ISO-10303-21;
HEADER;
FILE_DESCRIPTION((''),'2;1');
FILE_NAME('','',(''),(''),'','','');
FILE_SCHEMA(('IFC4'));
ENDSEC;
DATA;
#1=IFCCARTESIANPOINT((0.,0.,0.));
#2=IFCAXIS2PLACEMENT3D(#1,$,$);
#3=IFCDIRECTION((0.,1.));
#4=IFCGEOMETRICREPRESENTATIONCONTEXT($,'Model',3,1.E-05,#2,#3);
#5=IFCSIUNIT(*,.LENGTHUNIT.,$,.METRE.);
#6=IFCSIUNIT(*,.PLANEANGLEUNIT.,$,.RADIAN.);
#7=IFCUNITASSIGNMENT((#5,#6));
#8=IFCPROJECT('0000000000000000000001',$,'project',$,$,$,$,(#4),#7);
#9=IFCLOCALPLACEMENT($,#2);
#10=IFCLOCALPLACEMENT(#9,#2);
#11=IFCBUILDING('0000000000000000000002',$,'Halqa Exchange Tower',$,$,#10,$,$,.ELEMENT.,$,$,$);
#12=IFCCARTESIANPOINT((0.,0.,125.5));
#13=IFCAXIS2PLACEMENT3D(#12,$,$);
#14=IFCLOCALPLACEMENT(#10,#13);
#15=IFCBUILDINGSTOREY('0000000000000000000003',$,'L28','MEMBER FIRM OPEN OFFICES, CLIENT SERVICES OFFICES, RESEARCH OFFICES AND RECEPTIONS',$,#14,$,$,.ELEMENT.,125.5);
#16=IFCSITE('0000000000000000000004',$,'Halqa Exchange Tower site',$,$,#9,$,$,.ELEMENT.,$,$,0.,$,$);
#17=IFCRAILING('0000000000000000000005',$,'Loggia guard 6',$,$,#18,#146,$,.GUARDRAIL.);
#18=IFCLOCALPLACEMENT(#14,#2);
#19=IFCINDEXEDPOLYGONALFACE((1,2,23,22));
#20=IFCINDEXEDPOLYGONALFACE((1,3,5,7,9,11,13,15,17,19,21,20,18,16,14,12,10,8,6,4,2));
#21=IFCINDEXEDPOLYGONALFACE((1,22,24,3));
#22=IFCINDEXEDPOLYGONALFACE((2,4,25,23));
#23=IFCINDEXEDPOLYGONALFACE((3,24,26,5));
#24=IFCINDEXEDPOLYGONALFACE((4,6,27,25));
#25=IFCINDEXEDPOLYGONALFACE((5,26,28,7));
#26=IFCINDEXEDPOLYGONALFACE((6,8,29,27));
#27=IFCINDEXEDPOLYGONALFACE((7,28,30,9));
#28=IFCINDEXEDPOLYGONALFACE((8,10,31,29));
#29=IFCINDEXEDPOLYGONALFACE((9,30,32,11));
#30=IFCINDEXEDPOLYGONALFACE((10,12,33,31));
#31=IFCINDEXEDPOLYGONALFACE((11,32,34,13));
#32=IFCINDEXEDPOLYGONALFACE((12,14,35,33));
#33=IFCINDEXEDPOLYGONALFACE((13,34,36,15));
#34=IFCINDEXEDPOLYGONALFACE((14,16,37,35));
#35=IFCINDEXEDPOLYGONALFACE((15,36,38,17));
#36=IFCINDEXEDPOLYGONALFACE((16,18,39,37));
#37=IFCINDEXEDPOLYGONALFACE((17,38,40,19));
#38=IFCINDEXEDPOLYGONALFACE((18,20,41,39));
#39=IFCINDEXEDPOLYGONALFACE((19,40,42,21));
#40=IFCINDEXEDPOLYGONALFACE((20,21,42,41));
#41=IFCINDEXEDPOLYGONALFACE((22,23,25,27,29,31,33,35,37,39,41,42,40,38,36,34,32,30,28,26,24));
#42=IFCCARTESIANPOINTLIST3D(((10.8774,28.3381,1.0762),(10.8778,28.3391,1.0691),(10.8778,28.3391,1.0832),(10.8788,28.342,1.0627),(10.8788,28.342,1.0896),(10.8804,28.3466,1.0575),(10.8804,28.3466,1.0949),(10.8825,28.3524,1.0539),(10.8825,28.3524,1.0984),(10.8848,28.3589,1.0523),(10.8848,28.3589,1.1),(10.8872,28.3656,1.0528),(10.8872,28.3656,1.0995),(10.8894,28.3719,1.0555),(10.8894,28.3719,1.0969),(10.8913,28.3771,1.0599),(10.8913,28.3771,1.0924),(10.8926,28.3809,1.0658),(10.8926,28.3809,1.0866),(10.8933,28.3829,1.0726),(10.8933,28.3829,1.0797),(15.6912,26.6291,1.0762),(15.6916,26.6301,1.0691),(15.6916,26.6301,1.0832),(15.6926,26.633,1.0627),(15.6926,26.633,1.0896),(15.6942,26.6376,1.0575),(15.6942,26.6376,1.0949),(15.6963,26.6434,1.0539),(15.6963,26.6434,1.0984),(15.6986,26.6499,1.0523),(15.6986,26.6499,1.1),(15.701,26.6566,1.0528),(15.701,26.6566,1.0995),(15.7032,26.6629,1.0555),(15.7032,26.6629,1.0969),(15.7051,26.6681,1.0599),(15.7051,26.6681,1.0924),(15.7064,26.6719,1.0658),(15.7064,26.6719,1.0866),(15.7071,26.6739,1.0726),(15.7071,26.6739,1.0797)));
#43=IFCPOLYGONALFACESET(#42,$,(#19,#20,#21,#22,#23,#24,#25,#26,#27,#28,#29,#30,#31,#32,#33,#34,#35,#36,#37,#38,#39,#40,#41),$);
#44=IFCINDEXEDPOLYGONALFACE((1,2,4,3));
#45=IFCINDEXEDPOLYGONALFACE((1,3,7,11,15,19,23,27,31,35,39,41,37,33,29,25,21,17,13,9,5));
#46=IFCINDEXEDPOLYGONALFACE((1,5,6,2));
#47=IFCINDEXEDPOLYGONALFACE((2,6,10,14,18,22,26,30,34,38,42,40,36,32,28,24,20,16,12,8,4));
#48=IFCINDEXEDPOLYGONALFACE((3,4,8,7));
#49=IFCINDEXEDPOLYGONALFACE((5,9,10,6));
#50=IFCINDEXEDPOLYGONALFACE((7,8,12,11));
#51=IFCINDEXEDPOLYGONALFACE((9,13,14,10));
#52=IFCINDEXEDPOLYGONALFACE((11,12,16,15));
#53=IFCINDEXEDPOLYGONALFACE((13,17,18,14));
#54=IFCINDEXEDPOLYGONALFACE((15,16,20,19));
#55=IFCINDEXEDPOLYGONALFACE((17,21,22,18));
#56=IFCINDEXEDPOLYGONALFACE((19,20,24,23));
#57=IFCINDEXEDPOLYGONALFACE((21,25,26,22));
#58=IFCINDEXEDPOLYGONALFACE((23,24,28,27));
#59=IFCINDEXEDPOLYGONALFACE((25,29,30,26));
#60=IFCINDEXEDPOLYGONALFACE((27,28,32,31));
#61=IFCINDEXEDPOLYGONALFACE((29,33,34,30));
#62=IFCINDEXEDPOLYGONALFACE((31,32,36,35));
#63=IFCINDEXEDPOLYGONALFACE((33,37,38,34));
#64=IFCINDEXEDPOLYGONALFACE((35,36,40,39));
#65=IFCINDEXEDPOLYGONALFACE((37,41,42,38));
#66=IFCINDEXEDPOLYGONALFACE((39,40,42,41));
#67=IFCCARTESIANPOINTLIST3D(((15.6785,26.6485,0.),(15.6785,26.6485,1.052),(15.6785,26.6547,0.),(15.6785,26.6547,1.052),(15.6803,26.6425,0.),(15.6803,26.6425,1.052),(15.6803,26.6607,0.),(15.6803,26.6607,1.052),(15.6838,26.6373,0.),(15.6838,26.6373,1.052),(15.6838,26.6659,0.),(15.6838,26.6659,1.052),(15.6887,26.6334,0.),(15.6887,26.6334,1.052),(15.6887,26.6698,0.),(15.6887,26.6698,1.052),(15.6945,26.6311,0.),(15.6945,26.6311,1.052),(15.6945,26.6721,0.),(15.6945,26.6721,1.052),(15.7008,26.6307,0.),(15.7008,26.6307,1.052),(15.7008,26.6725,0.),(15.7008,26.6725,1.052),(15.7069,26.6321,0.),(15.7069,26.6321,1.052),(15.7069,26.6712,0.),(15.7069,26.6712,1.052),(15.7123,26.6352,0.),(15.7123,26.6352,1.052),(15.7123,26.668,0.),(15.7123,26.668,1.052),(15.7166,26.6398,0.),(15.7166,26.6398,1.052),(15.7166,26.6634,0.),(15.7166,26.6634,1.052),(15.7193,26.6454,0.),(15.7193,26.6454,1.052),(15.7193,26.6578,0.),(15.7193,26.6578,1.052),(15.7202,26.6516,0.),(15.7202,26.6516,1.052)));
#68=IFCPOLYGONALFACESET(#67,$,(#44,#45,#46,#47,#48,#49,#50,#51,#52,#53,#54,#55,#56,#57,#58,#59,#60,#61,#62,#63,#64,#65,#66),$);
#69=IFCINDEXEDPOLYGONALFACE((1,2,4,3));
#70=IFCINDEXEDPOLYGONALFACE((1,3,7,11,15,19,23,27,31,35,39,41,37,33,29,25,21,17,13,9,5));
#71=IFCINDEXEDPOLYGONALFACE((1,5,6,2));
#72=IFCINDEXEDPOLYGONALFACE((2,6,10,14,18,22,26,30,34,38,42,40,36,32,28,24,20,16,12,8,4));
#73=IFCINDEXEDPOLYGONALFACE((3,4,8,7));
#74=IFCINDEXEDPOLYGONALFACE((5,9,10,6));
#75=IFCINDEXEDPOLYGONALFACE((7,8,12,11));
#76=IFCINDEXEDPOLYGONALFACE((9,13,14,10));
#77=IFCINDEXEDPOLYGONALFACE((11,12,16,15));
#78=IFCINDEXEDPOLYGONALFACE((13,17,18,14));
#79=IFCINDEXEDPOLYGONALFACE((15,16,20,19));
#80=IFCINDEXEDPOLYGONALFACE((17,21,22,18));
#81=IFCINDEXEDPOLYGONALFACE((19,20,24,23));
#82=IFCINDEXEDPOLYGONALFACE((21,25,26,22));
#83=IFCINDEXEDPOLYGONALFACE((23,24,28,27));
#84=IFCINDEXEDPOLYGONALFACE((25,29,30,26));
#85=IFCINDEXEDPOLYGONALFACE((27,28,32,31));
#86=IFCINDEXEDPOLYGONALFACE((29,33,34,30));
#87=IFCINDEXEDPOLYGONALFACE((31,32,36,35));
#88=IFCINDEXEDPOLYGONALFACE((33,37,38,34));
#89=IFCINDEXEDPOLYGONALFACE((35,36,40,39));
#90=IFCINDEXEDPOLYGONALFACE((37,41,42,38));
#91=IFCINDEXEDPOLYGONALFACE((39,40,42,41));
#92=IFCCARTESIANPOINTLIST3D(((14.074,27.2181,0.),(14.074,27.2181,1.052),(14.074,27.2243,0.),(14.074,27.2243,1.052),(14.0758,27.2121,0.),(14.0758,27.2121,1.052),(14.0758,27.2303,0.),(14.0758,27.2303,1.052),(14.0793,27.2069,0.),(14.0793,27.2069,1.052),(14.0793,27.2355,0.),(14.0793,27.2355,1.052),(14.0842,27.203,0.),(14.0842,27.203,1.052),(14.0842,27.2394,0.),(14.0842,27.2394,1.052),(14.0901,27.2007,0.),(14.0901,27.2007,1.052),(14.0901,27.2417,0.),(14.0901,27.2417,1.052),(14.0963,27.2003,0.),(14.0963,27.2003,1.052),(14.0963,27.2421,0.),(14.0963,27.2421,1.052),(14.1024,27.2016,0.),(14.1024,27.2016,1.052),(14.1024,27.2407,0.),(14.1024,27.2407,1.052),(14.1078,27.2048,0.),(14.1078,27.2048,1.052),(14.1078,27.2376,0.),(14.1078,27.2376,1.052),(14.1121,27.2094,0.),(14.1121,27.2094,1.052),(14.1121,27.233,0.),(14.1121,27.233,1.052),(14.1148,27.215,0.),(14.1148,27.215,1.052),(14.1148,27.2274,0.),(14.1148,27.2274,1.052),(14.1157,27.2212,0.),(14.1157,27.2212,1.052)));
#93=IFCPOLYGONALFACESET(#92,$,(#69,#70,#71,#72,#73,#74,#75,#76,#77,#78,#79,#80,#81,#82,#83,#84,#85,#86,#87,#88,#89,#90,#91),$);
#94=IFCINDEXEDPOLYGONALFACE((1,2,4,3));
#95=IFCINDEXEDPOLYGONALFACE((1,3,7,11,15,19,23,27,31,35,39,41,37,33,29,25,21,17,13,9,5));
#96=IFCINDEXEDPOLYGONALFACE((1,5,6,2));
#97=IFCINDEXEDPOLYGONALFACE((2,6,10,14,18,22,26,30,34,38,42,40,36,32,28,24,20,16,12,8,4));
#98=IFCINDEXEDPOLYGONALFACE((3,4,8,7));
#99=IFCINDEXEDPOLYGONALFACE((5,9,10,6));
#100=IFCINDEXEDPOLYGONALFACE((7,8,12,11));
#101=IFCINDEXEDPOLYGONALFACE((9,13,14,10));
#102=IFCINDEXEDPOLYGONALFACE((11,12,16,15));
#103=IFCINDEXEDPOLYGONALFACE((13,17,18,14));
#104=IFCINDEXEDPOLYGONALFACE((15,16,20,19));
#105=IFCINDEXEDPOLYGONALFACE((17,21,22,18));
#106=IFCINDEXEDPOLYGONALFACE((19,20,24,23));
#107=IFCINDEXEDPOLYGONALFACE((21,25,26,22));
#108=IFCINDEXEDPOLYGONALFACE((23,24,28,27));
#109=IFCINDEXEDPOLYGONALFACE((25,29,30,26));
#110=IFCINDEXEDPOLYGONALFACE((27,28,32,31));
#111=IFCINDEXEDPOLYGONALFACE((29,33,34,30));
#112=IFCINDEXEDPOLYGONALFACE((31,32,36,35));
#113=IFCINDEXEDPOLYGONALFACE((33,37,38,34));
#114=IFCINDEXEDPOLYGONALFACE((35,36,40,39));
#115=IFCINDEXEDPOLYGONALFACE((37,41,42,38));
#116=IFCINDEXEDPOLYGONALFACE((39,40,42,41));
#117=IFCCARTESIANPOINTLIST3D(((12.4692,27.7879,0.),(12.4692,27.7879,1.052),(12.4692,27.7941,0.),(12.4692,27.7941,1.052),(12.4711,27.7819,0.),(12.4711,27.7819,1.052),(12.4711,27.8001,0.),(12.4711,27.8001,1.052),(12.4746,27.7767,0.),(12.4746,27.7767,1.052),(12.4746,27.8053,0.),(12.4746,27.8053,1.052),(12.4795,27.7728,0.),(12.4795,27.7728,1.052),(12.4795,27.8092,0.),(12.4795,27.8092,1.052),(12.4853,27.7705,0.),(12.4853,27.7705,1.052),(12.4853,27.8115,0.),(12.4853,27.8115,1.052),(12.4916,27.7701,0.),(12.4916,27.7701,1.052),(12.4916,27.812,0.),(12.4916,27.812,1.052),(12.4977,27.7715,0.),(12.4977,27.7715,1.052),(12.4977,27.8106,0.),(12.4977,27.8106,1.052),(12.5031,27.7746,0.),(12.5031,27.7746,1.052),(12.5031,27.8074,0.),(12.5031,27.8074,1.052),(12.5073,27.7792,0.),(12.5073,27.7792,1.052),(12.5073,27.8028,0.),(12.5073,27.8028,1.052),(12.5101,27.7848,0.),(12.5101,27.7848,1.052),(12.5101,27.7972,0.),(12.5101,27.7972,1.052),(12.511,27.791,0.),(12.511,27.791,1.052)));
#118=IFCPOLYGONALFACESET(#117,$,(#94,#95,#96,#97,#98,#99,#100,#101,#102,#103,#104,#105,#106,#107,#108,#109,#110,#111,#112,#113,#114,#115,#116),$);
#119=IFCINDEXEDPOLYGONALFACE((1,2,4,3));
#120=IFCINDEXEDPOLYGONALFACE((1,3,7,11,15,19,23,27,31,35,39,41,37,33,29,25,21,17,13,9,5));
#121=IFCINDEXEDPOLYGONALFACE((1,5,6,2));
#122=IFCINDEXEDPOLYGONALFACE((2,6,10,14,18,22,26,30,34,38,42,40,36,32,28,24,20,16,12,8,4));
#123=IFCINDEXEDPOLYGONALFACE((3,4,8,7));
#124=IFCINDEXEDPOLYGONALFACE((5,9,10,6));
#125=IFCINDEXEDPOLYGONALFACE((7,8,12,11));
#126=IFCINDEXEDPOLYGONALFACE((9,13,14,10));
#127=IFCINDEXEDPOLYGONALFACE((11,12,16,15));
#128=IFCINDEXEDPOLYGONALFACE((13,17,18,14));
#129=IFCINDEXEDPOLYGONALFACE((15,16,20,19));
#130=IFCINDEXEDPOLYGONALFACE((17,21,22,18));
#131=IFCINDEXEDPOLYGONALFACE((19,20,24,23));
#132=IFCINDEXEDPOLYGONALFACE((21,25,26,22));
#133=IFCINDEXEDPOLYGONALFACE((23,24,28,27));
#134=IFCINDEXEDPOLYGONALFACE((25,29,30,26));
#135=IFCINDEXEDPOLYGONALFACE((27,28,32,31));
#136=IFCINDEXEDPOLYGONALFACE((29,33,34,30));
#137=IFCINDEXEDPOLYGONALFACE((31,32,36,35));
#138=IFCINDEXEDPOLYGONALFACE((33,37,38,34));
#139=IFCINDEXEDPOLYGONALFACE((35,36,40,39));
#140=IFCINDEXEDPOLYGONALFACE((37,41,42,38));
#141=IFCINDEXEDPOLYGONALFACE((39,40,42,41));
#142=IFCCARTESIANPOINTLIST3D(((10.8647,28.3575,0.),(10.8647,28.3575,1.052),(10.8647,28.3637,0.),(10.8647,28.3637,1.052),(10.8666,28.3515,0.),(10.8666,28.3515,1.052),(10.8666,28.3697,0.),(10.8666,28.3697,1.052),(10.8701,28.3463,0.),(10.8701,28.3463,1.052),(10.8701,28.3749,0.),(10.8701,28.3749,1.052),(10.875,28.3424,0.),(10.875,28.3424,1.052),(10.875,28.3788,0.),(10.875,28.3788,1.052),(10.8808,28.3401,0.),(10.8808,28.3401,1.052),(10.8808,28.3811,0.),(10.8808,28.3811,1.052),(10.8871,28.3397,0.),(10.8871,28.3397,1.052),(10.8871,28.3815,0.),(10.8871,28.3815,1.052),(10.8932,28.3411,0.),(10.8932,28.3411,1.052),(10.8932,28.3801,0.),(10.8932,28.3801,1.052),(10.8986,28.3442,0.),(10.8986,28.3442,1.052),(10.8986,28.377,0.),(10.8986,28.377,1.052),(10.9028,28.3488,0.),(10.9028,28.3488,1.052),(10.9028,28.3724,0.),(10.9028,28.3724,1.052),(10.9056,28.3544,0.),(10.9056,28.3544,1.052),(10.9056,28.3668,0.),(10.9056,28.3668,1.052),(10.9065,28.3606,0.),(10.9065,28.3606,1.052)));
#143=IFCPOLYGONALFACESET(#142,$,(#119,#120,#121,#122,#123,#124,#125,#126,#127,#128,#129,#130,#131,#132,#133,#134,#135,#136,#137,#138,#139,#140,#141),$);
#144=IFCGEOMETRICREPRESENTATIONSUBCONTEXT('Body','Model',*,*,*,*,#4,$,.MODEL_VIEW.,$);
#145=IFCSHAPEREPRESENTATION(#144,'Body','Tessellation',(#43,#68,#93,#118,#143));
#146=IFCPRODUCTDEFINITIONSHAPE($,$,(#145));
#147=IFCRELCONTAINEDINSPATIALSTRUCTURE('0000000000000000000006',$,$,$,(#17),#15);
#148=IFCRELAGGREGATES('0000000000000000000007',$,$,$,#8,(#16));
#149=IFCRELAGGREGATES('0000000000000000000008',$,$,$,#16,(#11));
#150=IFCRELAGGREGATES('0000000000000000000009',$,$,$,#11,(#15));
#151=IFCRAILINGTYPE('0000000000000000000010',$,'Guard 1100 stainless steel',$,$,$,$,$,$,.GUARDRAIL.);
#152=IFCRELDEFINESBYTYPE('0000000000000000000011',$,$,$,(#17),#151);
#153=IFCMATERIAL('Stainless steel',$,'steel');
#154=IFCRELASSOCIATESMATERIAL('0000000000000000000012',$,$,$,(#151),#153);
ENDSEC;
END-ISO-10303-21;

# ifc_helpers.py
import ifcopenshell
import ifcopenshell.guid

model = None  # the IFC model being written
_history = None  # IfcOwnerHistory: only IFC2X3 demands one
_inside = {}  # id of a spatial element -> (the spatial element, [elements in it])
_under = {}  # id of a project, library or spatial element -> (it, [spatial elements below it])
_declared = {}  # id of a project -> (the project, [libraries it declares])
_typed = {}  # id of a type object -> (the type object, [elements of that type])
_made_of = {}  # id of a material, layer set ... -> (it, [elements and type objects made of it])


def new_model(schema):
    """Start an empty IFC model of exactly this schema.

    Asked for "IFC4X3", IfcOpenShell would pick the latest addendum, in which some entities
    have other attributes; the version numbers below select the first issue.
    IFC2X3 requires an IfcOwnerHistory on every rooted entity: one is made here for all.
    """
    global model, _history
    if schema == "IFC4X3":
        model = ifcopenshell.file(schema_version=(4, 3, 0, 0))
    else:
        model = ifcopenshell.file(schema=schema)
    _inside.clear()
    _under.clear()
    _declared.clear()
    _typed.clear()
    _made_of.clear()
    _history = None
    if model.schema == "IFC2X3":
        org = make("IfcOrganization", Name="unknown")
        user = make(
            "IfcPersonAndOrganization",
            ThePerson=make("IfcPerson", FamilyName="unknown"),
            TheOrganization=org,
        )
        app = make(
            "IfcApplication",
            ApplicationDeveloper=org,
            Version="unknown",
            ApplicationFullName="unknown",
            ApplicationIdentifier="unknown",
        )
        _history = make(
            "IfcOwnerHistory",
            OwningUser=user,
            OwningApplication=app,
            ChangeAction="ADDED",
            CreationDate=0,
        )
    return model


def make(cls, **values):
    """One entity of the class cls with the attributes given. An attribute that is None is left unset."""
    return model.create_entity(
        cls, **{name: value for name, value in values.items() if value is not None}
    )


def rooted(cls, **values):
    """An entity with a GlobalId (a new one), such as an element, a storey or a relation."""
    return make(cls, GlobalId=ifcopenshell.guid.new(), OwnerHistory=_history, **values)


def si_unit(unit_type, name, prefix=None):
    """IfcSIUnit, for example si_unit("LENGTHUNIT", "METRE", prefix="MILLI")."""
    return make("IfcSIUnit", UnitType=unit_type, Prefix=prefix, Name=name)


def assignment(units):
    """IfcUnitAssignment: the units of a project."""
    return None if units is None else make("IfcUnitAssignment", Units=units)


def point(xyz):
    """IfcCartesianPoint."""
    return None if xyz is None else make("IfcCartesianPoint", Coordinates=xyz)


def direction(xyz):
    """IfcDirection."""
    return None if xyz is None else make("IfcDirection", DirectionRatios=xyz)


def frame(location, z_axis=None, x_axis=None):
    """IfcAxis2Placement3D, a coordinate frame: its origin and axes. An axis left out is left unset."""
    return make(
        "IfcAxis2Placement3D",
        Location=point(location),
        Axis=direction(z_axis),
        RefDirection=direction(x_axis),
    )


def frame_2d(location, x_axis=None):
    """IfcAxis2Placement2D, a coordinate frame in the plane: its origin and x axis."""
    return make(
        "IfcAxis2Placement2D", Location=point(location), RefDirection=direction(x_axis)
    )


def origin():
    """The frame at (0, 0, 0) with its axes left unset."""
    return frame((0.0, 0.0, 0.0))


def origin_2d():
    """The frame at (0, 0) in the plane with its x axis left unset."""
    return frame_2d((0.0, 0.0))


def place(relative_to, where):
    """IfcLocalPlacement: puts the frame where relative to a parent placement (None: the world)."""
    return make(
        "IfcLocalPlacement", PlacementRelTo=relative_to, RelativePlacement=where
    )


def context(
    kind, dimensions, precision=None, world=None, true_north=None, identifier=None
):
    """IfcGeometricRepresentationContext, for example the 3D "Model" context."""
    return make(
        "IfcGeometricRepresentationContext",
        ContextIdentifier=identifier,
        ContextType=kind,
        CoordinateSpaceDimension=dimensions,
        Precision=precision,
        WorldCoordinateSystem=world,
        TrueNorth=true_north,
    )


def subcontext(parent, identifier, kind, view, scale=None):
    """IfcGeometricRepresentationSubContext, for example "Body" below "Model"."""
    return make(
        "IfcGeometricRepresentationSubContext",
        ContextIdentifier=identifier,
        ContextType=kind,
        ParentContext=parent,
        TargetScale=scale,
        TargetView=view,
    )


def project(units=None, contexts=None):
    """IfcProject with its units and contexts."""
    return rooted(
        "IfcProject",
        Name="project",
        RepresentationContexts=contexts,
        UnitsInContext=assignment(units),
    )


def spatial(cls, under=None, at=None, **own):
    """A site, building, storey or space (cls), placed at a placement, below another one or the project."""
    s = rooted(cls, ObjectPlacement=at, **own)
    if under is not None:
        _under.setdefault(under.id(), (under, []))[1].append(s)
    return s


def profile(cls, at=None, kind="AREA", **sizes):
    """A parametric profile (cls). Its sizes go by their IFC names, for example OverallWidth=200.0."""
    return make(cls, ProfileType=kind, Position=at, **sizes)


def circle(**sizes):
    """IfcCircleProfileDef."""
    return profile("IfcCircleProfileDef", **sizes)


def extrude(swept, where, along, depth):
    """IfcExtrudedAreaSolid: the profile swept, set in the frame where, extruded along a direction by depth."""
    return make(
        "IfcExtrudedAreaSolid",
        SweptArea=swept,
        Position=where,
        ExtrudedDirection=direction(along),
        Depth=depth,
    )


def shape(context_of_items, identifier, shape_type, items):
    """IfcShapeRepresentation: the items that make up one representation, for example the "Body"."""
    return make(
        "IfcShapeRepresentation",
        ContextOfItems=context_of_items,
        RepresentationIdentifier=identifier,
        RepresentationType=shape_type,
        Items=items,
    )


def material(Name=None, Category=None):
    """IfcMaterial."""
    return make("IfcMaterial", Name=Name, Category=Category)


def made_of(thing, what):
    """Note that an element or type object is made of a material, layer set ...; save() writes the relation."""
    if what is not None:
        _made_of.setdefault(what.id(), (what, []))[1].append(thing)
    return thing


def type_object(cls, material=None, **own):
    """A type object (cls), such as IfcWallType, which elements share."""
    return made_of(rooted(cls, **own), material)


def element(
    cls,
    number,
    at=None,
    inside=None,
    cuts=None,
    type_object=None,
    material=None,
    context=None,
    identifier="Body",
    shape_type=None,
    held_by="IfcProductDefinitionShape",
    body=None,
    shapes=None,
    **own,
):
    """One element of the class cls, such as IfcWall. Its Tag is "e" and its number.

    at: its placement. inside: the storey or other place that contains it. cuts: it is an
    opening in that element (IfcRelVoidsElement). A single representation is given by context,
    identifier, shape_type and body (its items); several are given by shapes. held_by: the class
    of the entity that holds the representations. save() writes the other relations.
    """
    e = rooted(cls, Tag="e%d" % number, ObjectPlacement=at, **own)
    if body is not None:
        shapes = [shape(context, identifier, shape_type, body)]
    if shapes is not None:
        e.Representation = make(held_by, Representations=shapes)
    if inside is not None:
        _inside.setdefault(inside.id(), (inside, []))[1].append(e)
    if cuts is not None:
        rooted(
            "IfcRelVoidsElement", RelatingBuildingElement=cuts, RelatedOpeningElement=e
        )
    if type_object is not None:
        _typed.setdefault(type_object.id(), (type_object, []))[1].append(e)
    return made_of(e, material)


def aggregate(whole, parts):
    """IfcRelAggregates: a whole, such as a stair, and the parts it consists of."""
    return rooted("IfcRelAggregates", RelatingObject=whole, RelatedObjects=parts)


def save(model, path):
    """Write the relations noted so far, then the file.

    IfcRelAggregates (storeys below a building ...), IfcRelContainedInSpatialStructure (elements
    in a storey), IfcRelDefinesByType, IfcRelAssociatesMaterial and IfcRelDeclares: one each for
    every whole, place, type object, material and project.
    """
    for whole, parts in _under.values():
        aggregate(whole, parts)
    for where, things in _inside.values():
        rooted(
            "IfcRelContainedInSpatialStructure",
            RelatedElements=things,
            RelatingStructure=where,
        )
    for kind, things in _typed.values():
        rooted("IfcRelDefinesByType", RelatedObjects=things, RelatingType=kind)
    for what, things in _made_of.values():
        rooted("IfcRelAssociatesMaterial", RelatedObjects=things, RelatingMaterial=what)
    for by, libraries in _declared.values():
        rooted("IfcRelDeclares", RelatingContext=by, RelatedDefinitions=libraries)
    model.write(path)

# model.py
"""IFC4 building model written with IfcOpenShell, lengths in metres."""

from ifc_helpers import new_model, si_unit, direction, frame, origin, origin_2d, place, context, subcontext, project, spatial, circle, extrude, material, type_object, element, save


model = new_model("IFC4")

# Units and contexts
model_context = context("Model", 3, precision=1e-05, world=origin(), true_north=direction((0.0, 1.0)))
body_context = subcontext(model_context, "Body", "Model", "MODEL_VIEW")
ifc_project = project(units=[si_unit("LENGTHUNIT", "METRE"), si_unit("PLANEANGLEUNIT", "RADIAN")], contexts=[model_context])

# Site, building, storey
site_placement = place(None, origin())
site = spatial("IfcSite", under=ifc_project, at=site_placement, Name="Halqa Exchange Tower site", CompositionType="ELEMENT", RefElevation=0.0)
building_placement = place(site_placement, origin())
building = spatial("IfcBuilding", under=site, at=building_placement, Name="Halqa Exchange Tower", CompositionType="ELEMENT")
storey_placement = place(building_placement, frame((0.0, 0.0, 125.5)))
storey = spatial("IfcBuildingStorey", under=building, at=storey_placement, Name="L28", Description="MEMBER FIRM OPEN OFFICES, CLIENT SERVICES OFFICES, RESEARCH OFFICES AND RECEPTIONS", CompositionType="ELEMENT", Elevation=125.5)

# Railing
ifc_material_1 = material(Name="Stainless steel", Category="steel")
railing_type = type_object("IfcRailingType", Name="Guard 1100 stainless steel", PredefinedType="GUARDRAIL", material=ifc_material_1)
railing_1_placement = place(storey_placement, frame((15.6992, 26.6516, 0.0)))
element("IfcRailing", 1, at=railing_1_placement, inside=storey, type_object=railing_type, Name="Loggia guard 6", PredefinedType="GUARDRAIL", context=body_context, shape_type="SweptSolid", body=[
    extrude(circle(Radius=0.0239, at=origin_2d()), frame((0.0, 0.0, 1.0762), z_axis=(-0.942373, 0.334565, 0.0), x_axis=(-0.334565, -0.942373, 0.0)), (0.0, 0.0, 1.0), 5.1082),
    extrude(circle(Radius=0.021, at=origin_2d()), origin(), (0.0, 0.0, 1.0), 1.052),
    extrude(circle(Radius=0.021, at=origin_2d()), frame((-1.6045, 0.5696, 0.0)), (0.0, 0.0, 1.0), 1.052),
    extrude(circle(Radius=0.021, at=origin_2d()), frame((-3.2092, 1.1394, 0.0)), (0.0, 0.0, 1.0), 1.052),
    extrude(circle(Radius=0.021, at=origin_2d()), frame((-4.8137, 1.709, 0.0)), (0.0, 0.0, 1.0), 1.052),
])

save(model, "model.ifc")
